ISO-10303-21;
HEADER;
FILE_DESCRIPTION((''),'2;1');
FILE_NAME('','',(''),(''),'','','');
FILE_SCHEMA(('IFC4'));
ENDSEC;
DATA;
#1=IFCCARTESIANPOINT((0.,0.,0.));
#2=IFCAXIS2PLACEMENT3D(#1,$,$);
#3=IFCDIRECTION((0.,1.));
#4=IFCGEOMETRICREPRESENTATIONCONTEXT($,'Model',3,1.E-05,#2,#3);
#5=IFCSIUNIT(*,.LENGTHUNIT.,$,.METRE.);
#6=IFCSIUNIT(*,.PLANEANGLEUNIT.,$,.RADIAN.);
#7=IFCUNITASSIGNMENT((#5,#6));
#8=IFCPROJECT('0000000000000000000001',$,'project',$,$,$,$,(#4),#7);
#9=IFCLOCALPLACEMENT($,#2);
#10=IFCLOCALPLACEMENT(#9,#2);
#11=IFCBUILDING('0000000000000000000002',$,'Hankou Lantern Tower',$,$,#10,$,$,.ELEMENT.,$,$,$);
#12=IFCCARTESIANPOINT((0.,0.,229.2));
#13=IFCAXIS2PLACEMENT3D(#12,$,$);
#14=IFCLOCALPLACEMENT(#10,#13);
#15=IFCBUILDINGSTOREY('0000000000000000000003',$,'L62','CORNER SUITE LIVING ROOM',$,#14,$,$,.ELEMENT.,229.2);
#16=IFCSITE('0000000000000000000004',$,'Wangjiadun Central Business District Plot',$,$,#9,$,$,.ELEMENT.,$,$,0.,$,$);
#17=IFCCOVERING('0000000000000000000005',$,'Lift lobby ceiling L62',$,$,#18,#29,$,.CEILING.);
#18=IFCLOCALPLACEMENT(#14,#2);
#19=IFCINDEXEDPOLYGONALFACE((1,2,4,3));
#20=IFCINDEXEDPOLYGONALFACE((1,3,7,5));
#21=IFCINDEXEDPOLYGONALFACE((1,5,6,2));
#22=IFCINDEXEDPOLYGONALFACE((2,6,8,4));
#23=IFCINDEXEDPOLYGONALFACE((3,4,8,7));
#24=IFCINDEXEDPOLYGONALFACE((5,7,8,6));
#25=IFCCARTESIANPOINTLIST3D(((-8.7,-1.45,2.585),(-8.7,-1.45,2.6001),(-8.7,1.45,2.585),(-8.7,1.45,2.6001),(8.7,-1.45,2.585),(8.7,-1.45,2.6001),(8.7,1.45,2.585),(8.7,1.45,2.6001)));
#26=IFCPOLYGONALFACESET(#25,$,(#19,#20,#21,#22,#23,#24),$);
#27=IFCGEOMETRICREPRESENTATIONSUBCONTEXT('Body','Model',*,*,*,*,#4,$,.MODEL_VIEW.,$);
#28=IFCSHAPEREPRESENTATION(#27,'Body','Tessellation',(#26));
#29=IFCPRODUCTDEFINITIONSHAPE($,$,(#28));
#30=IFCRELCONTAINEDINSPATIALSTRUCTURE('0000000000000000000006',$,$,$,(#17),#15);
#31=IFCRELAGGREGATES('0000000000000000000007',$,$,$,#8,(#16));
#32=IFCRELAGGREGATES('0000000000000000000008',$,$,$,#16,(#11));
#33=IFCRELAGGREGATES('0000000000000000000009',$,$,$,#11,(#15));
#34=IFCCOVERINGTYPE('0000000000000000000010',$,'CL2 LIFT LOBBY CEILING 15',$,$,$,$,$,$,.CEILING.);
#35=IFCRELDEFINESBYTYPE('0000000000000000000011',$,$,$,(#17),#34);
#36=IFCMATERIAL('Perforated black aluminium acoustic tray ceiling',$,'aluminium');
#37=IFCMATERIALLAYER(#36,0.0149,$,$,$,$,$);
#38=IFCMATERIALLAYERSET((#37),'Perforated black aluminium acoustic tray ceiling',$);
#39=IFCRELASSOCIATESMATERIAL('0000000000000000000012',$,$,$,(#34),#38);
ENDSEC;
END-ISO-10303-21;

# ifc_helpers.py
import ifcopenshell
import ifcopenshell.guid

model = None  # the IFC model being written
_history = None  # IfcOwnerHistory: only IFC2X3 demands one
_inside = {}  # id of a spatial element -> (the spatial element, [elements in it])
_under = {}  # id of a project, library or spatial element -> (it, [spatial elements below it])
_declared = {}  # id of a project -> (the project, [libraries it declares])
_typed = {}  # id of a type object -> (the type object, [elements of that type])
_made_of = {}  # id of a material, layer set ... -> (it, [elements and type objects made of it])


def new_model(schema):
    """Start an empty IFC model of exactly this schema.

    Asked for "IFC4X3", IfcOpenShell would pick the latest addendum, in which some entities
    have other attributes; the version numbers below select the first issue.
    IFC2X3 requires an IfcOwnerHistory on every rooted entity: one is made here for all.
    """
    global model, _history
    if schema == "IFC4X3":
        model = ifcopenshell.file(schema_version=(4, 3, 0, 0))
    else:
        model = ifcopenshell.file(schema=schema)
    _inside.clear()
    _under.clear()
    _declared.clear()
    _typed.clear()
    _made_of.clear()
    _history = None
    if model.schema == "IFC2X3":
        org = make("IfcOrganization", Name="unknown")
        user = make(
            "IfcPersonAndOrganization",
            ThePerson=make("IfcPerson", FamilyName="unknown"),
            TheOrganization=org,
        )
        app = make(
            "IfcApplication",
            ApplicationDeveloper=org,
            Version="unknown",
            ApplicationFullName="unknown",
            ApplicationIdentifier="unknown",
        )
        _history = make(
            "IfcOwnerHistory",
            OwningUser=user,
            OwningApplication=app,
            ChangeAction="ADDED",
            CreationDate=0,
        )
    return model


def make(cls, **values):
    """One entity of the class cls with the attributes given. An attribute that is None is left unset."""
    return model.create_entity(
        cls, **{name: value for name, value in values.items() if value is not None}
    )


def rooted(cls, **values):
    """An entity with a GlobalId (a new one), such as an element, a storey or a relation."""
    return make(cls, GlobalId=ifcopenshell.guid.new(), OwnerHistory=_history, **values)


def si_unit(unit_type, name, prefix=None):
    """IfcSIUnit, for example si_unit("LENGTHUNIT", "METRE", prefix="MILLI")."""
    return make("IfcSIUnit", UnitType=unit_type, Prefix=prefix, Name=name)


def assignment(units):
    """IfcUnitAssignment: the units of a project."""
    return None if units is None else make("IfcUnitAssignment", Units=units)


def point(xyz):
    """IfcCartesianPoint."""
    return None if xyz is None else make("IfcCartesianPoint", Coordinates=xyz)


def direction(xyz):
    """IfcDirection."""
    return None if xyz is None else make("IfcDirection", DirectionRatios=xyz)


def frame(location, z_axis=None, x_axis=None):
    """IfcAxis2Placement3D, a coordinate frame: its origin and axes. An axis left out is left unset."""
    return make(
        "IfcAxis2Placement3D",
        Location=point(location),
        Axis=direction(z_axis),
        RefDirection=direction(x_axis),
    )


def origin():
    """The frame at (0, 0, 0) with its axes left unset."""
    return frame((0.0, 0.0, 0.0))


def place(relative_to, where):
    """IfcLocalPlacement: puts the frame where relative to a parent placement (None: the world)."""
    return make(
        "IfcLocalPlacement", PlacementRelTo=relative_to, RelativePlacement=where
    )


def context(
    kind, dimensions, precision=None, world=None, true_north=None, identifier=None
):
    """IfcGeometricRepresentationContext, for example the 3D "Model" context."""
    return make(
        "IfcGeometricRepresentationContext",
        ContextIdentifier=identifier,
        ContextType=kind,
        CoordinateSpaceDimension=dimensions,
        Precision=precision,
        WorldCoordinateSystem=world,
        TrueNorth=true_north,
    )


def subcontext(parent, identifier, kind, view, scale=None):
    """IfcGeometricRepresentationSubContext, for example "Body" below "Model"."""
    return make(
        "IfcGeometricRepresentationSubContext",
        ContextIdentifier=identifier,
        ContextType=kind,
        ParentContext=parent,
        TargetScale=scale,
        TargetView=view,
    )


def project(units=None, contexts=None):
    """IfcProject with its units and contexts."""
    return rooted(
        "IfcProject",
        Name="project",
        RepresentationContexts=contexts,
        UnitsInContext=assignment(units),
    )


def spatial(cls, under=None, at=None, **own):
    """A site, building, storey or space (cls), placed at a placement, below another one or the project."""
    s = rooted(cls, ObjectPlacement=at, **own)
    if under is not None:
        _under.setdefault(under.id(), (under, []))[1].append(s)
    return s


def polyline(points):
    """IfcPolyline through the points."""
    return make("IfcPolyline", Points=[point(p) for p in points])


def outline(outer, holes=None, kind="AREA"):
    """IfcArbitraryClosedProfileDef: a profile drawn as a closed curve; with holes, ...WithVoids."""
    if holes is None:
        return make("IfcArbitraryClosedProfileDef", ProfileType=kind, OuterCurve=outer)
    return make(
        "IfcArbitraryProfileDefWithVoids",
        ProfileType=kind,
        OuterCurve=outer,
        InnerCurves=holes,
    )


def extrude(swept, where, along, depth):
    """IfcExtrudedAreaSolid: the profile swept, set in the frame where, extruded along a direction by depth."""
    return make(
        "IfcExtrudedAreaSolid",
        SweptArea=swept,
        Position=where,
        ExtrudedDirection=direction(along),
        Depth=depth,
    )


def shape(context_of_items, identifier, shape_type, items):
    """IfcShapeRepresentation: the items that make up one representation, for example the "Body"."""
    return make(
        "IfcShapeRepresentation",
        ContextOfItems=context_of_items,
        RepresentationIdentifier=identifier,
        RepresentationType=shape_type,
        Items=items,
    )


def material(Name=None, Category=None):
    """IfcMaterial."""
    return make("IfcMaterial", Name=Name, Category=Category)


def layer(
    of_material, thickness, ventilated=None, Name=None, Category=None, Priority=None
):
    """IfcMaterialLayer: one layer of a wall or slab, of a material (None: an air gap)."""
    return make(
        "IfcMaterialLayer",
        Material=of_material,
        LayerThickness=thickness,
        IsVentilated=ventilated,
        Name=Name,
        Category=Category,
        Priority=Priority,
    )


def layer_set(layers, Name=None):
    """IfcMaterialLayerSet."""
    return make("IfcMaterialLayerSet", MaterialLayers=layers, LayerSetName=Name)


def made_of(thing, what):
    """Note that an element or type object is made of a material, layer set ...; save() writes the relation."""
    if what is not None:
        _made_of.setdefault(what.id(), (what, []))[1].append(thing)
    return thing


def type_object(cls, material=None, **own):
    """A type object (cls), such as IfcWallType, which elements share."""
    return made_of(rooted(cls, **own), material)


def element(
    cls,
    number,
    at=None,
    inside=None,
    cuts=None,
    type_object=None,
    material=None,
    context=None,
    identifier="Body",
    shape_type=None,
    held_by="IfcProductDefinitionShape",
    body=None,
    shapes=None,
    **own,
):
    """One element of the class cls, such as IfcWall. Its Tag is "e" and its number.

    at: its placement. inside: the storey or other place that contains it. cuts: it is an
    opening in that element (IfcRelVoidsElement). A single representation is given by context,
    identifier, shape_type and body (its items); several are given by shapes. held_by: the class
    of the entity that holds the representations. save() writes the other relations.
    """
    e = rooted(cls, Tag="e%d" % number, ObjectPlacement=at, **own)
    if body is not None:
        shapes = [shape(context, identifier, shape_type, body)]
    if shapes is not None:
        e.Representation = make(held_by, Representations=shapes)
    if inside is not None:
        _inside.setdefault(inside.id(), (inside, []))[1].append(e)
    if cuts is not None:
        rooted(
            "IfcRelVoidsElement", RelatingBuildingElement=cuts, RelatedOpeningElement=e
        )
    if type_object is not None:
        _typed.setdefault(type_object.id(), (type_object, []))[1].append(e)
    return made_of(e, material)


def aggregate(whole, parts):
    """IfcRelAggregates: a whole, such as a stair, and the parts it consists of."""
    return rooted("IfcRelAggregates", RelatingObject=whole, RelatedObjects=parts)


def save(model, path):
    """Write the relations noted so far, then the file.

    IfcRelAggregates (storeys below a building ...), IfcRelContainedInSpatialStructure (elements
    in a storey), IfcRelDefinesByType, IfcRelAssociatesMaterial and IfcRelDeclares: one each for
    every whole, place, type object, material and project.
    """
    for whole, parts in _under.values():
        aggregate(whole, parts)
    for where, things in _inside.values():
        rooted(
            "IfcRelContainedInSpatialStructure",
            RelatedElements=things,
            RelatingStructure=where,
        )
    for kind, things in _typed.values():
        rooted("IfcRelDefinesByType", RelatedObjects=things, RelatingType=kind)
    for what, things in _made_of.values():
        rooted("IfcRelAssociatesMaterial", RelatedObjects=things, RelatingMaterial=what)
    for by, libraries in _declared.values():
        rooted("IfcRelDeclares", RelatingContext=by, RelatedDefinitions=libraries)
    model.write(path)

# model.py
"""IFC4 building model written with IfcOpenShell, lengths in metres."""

from ifc_helpers import new_model, si_unit, direction, frame, origin, place, context, subcontext, project, spatial, polyline, outline, extrude, material, layer, layer_set, type_object, element, save


model = new_model("IFC4")

# Units and contexts
model_context = context("Model", 3, precision=1e-05, world=origin(), true_north=direction((0.0, 1.0)))
body_context = subcontext(model_context, "Body", "Model", "MODEL_VIEW")
ifc_project = project(units=[si_unit("LENGTHUNIT", "METRE"), si_unit("PLANEANGLEUNIT", "RADIAN")], contexts=[model_context])

# Site, building, storey
site_placement = place(None, origin())
site = spatial("IfcSite", under=ifc_project, at=site_placement, Name="Wangjiadun Central Business District Plot", CompositionType="ELEMENT", RefElevation=0.0)
building_placement = place(site_placement, origin())
building = spatial("IfcBuilding", under=site, at=building_placement, Name="Hankou Lantern Tower", CompositionType="ELEMENT")
storey_placement = place(building_placement, frame((0.0, 0.0, 229.2)))
storey = spatial("IfcBuildingStorey", under=building, at=storey_placement, Name="L62", Description="CORNER SUITE LIVING ROOM", CompositionType="ELEMENT", Elevation=229.2)

# Covering
ifc_material_1 = material(Name="Perforated black aluminium acoustic tray ceiling", Category="aluminium")
ifc_layer_1 = layer(ifc_material_1, 0.0149)
ifc_layer_set_1 = layer_set([ifc_layer_1], Name="Perforated black aluminium acoustic tray ceiling")
covering_type = type_object("IfcCoveringType", Name="CL2 LIFT LOBBY CEILING 15", PredefinedType="CEILING", material=ifc_layer_set_1)
covering_placement = place(storey_placement, frame((0.0, 0.0, 2.585)))
element("IfcCovering", 1, at=covering_placement, inside=storey, type_object=covering_type, Name="Lift lobby ceiling L62", PredefinedType="CEILING", context=body_context, shape_type="SweptSolid", body=[
    extrude(outline(polyline([(-8.7, -1.45), (8.7, -1.45), (8.7, 1.45), (-8.7, 1.45), (-8.7, -1.45)])), origin(), (0.0, 0.0, 1.0), 0.0151),
])

save(model, "model.ifc")
